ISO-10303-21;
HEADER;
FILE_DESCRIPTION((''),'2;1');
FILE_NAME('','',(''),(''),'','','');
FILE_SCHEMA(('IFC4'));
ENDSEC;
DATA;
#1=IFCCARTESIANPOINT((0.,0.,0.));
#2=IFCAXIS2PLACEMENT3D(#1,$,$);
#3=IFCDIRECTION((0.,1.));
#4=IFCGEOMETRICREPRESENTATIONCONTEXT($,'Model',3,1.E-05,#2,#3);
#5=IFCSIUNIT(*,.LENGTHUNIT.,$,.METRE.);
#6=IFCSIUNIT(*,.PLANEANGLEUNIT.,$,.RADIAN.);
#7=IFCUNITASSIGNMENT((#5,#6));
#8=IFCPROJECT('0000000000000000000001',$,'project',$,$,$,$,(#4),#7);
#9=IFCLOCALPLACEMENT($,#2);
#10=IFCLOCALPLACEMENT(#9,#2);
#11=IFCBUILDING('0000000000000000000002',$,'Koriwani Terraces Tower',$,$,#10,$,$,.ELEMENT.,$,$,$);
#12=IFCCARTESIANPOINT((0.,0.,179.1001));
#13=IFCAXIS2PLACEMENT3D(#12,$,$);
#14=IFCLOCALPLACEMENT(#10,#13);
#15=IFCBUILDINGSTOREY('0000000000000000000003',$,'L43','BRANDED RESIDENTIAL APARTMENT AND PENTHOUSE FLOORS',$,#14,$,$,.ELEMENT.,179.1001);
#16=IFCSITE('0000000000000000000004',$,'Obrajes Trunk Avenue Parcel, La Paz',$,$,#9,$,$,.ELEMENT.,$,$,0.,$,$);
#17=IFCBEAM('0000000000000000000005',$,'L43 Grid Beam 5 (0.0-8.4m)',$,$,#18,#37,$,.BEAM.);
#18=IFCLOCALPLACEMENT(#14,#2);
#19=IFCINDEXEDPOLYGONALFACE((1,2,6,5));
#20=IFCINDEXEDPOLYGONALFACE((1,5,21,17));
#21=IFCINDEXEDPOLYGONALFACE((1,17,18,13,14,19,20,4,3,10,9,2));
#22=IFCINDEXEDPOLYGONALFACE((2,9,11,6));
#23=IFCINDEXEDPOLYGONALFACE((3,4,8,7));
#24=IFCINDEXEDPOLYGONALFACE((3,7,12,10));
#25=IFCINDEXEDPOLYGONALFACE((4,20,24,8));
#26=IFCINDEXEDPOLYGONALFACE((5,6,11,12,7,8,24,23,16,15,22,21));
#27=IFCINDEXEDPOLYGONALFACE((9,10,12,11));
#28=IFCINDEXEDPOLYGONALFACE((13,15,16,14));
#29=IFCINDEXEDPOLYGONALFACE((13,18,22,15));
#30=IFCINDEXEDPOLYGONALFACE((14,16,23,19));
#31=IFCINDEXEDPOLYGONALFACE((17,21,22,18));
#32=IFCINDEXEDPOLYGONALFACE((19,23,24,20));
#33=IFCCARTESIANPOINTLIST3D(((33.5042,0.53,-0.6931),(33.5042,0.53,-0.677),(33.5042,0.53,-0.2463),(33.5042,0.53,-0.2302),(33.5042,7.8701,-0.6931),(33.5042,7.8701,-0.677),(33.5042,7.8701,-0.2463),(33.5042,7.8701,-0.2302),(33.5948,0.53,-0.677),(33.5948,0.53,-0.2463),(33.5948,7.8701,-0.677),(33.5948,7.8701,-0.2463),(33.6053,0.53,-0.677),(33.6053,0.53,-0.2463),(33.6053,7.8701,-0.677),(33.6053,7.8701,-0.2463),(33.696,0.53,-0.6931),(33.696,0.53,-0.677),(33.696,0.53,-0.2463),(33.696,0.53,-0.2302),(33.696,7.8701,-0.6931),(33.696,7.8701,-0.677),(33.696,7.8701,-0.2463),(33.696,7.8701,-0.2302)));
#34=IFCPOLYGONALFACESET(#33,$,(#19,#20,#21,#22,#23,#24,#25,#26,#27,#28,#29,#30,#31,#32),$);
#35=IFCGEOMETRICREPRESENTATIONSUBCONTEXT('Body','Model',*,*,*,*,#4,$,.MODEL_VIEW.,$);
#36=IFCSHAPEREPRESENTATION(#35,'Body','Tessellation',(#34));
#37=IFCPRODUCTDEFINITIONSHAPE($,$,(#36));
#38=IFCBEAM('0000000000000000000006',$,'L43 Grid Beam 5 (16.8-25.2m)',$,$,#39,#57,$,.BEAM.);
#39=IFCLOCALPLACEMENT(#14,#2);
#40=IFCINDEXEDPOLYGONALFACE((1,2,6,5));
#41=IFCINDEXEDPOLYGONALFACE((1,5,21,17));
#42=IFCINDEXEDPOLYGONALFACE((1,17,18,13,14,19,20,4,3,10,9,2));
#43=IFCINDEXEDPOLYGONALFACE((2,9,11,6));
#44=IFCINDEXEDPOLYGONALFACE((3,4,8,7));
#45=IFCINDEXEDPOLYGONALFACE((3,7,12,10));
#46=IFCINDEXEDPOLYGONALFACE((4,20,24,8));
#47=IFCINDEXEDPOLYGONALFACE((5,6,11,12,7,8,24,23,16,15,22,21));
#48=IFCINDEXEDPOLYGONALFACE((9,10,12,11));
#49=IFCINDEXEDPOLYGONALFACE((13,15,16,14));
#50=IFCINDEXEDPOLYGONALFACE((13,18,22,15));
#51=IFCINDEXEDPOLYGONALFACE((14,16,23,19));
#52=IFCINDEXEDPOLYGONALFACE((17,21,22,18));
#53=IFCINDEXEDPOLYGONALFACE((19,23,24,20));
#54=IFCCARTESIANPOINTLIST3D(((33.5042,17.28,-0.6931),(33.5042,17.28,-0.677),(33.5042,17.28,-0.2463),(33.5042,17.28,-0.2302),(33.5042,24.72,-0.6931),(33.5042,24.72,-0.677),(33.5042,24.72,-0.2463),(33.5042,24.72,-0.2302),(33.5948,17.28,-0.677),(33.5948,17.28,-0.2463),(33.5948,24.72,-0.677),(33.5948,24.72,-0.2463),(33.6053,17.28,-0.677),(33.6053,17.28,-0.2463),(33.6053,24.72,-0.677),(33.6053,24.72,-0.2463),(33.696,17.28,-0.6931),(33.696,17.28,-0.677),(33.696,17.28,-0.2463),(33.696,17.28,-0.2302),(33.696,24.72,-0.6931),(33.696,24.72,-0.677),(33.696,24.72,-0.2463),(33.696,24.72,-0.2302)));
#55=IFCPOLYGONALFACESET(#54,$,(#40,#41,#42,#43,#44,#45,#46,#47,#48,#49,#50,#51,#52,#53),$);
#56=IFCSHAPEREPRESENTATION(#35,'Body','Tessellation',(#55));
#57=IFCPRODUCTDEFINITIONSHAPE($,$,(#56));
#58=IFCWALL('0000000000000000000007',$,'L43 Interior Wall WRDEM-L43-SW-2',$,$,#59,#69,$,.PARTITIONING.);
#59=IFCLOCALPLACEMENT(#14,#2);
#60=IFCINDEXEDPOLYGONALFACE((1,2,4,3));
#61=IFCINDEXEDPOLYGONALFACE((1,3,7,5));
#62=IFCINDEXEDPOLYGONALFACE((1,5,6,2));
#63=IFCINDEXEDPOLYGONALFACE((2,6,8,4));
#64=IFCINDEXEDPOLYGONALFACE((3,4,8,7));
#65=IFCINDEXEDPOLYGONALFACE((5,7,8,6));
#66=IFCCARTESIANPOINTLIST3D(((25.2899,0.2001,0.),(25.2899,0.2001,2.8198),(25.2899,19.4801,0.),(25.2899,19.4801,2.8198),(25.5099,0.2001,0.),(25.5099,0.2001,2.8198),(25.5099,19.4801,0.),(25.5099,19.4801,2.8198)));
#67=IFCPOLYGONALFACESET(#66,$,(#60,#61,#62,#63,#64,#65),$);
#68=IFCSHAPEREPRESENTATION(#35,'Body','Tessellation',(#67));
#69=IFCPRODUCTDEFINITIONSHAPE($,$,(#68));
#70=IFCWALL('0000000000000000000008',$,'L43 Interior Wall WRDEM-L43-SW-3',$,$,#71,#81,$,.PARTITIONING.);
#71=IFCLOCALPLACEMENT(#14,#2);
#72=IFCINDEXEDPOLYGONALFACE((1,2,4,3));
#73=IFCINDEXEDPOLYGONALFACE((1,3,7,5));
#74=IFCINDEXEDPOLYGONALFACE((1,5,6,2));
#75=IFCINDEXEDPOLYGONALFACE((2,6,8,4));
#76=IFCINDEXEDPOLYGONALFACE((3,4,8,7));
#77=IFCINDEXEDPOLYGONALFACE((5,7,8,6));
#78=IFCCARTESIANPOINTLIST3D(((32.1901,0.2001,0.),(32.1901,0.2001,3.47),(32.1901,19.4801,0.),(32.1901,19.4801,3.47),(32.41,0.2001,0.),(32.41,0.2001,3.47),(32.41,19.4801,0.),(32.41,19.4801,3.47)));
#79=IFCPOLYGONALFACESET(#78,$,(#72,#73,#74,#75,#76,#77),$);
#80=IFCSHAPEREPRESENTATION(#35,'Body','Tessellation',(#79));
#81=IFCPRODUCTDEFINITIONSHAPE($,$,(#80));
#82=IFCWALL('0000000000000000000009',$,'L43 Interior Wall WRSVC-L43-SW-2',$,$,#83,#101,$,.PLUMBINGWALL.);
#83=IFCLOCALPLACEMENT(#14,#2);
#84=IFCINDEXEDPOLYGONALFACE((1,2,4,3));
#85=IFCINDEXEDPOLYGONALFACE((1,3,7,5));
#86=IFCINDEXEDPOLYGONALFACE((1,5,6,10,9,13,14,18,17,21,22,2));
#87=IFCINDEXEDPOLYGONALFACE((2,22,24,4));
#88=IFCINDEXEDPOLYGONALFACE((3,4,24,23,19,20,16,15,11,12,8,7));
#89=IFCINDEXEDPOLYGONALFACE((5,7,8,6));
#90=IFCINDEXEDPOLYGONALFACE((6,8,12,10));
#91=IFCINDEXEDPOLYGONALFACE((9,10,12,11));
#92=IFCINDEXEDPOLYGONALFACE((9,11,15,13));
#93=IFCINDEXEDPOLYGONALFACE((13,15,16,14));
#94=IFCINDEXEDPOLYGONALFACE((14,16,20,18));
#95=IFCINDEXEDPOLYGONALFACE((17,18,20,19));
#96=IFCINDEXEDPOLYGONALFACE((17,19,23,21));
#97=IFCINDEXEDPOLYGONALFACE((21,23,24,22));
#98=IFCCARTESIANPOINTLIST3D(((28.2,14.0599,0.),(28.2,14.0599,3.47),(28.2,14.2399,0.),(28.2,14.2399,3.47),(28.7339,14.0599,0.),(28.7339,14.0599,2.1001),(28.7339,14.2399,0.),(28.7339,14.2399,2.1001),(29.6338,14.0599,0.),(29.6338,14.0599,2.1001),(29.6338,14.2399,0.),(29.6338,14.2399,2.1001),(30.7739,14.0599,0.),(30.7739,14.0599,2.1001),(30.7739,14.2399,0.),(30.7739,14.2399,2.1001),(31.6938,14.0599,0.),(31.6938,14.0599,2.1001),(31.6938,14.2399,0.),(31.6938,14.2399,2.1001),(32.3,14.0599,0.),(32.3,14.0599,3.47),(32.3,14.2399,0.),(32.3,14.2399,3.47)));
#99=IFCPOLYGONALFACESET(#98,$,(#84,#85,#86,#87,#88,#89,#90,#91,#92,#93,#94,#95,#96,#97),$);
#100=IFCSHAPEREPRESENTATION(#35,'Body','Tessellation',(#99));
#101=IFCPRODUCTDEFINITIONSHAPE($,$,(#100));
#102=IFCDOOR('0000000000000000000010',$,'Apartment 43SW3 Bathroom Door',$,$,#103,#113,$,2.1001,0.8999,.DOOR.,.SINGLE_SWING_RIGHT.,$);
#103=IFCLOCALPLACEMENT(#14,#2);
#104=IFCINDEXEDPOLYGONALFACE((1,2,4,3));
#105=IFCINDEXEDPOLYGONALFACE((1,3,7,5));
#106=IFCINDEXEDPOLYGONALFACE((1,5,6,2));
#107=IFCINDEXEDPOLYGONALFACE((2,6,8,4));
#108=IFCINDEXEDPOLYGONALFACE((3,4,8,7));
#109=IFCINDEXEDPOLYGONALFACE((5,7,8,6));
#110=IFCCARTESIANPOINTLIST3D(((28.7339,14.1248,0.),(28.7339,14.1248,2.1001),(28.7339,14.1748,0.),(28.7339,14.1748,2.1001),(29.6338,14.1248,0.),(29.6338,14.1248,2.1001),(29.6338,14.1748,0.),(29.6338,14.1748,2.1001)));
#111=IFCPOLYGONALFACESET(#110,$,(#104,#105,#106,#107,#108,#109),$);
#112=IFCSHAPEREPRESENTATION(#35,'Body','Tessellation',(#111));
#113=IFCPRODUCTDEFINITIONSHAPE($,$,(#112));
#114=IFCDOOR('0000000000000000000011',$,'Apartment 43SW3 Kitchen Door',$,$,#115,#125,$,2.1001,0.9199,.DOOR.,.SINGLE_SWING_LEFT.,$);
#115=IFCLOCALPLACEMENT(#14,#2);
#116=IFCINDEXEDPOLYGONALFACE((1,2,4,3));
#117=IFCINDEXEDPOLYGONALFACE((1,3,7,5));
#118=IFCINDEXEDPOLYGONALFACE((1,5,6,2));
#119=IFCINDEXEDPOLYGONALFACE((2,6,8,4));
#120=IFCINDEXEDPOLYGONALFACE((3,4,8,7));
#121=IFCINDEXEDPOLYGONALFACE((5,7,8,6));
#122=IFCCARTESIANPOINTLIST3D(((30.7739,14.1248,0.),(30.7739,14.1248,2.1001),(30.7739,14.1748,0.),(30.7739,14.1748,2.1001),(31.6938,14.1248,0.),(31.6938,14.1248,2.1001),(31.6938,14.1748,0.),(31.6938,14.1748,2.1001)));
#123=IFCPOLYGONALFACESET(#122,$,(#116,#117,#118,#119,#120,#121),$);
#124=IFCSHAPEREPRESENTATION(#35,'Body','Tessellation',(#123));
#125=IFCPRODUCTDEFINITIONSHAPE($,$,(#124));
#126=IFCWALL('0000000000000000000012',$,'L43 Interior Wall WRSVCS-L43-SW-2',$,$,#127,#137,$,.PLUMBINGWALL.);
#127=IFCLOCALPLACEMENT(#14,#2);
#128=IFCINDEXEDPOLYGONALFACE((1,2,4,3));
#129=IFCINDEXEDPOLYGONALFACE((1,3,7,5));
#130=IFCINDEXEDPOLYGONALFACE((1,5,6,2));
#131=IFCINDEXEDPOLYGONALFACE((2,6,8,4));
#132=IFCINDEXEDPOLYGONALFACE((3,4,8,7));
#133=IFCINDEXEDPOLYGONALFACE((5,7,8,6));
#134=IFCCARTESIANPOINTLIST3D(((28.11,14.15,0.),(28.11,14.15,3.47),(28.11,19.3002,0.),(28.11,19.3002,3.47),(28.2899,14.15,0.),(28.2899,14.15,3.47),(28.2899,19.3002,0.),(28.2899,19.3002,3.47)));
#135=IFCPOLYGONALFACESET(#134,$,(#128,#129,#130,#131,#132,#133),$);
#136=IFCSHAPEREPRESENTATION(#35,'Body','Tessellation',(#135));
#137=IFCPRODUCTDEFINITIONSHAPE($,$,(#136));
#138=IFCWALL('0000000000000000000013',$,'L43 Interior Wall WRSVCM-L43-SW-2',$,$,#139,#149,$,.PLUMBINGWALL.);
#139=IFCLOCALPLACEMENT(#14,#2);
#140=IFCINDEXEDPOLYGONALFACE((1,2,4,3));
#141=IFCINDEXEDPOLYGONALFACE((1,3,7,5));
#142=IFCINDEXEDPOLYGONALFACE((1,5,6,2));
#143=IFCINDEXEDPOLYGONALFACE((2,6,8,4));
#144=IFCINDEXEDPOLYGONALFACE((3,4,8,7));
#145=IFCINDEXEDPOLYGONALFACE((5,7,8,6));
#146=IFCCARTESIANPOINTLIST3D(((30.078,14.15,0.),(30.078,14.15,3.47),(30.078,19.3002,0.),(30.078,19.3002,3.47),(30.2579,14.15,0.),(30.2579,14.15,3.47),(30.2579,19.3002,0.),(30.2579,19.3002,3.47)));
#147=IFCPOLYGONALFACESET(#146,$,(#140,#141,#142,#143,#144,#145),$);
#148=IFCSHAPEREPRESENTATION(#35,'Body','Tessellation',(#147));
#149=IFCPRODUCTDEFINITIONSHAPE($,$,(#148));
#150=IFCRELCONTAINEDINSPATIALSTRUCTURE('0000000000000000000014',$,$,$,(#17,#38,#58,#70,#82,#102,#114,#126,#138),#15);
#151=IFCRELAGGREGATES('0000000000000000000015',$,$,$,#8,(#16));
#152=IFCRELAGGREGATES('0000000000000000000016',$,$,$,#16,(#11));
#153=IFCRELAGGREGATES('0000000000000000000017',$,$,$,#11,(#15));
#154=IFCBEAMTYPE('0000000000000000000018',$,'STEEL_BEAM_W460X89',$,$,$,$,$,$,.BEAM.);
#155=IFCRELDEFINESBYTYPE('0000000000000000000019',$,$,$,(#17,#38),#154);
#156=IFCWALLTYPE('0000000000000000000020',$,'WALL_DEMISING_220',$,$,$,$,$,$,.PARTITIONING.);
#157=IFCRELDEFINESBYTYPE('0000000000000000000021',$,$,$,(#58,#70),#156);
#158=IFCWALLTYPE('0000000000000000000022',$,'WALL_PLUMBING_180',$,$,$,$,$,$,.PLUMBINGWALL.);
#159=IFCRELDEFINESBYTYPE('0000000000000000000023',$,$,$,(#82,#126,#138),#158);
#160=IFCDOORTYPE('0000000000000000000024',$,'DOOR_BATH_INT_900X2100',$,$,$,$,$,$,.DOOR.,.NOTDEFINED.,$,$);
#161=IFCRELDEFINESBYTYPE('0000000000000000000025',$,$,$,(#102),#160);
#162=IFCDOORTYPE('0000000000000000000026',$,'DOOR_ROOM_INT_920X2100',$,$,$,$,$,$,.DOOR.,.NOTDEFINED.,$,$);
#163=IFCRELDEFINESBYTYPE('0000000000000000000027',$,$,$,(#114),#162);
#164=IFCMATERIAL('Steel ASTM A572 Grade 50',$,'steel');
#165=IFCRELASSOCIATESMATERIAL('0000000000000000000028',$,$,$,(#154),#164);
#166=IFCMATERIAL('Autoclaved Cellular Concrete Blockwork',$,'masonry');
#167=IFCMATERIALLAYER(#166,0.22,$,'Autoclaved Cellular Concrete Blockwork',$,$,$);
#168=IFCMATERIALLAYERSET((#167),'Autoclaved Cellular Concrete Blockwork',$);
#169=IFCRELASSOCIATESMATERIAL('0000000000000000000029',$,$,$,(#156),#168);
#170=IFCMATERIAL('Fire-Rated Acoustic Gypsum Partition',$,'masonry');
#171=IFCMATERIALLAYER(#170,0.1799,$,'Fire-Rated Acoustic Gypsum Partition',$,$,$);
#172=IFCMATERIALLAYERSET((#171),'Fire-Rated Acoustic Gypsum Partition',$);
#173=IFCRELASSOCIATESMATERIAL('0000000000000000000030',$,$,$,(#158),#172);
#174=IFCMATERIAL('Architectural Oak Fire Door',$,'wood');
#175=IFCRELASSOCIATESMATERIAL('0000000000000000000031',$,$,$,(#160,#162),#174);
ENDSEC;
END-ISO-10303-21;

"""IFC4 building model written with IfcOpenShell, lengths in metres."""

from ifc_helpers import new_model, si_unit, direction, frame, frame_2d, origin, origin_2d, place, context, subcontext, project, spatial, rectangle, i_section, extrude, material, layer, layer_set, material_profile, profile_set, type_object, element, fill, save


model = new_model("IFC4")

# Units and contexts
model_context = context("Model", 3, precision=1e-05, world=origin(), true_north=direction((0.0, 1.0)))
body_context = subcontext(model_context, "Body", "Model", "MODEL_VIEW")
ifc_project = project(units=[si_unit("LENGTHUNIT", "METRE"), si_unit("PLANEANGLEUNIT", "RADIAN")], contexts=[model_context])

# Site, building, storey
site_placement = place(None, origin())
site = spatial("IfcSite", under=ifc_project, at=site_placement, Name="Obrajes Trunk Avenue Parcel, La Paz", CompositionType="ELEMENT", RefElevation=0.0)
building_placement = place(site_placement, origin())
building = spatial("IfcBuilding", under=site, at=building_placement, Name="Koriwani Terraces Tower", CompositionType="ELEMENT")
storey_placement = place(building_placement, frame((0.0, 0.0, 179.1001)))
storey = spatial("IfcBuildingStorey", under=building, at=storey_placement, Name="L43", Description="BRANDED RESIDENTIAL APARTMENT AND PENTHOUSE FLOORS", CompositionType="ELEMENT", Elevation=179.1001)

# Beams
ifc_material_1 = material(Name="Steel ASTM A572 Grade 50", Category="steel")
ifc_material_profile_1 = material_profile(ifc_material_1, i_section(OverallWidth=0.1919, OverallDepth=0.4629, WebThickness=0.0105, FlangeThickness=0.0161, at=origin_2d()), Name="Steel ASTM A572 Grade 50", Category="LoadBearing")
ifc_profile_set_1 = profile_set([ifc_material_profile_1], Name="Steel ASTM A572 Grade 50")
beam_type_1 = type_object("IfcBeamType", Name="STEEL_BEAM_W460X89", PredefinedType="BEAM", material=ifc_profile_set_1)
beam_1_placement = place(storey_placement, frame((33.6001, 0.53, -0.4617), z_axis=(0.0, 1.0, 0.0), x_axis=(-1.0, 0.0, 0.0)))
element("IfcBeam", 1, at=beam_1_placement, inside=storey, type_object=beam_type_1, Name="L43 Grid Beam 5 (0.0-8.4m)", PredefinedType="BEAM", context=body_context, shape_type="SweptSolid", body=[
    extrude(i_section(OverallWidth=0.1919, OverallDepth=0.4629, WebThickness=0.0105, FlangeThickness=0.0161, at=origin_2d()), origin(), (0.0, 0.0, 1.0), 7.3401),
])
beam_2_placement = place(storey_placement, frame((33.6001, 17.28, -0.4617), z_axis=(0.0, 1.0, 0.0), x_axis=(-1.0, 0.0, 0.0)))
element("IfcBeam", 2, at=beam_2_placement, inside=storey, type_object=beam_type_1, Name="L43 Grid Beam 5 (16.8-25.2m)", PredefinedType="BEAM", context=body_context, shape_type="SweptSolid", body=[
    extrude(i_section(OverallWidth=0.1919, OverallDepth=0.4629, WebThickness=0.0105, FlangeThickness=0.0161, at=origin_2d()), origin(), (0.0, 0.0, 1.0), 7.4399),
])

# Walls
ifc_material_2 = material(Name="Autoclaved Cellular Concrete Blockwork", Category="masonry")
ifc_layer_1 = layer(ifc_material_2, 0.22, Name="Autoclaved Cellular Concrete Blockwork")
ifc_layer_set_1 = layer_set([ifc_layer_1], Name="Autoclaved Cellular Concrete Blockwork")
wall_type_1 = type_object("IfcWallType", Name="WALL_DEMISING_220", PredefinedType="PARTITIONING", material=ifc_layer_set_1)
wall_1_placement = place(storey_placement, frame((25.3999, 0.2, 0.0), z_axis=(0.0, 0.0, 1.0), x_axis=(0.0, 1.0, 0.0)))
element("IfcWall", 3, at=wall_1_placement, inside=storey, type_object=wall_type_1, Name="L43 Interior Wall WRDEM-L43-SW-2", PredefinedType="PARTITIONING", context=body_context, shape_type="SweptSolid", body=[
    extrude(rectangle(XDim=19.28, YDim=0.22, at=frame_2d((9.6401, 0.0))), origin(), (0.0, 0.0, 1.0), 2.8198),
])
wall_2_placement = place(storey_placement, frame((32.3, 0.2, 0.0), z_axis=(0.0, 0.0, 1.0), x_axis=(0.0, 1.0, 0.0)))
element("IfcWall", 4, at=wall_2_placement, inside=storey, type_object=wall_type_1, Name="L43 Interior Wall WRDEM-L43-SW-3", PredefinedType="PARTITIONING", context=body_context, shape_type="SweptSolid", body=[
    extrude(rectangle(XDim=19.28, YDim=0.22, at=frame_2d((9.6401, 0.0))), origin(), (0.0, 0.0, 1.0), 3.47),
])

# Wall, openings, doors
ifc_material_3 = material(Name="Fire-Rated Acoustic Gypsum Partition", Category="masonry")
ifc_layer_2 = layer(ifc_material_3, 0.1799, Name="Fire-Rated Acoustic Gypsum Partition")
ifc_layer_set_2 = layer_set([ifc_layer_2], Name="Fire-Rated Acoustic Gypsum Partition")
wall_type_2 = type_object("IfcWallType", Name="WALL_PLUMBING_180", PredefinedType="PLUMBINGWALL", material=ifc_layer_set_2)
wall_3_placement = place(storey_placement, frame((28.2, 14.1499, 0.0), z_axis=(0.0, 0.0, 1.0), x_axis=(1.0, 0.0, 0.0)))
wall_3 = element("IfcWall", 5, at=wall_3_placement, inside=storey, type_object=wall_type_2, Name="L43 Interior Wall WRSVC-L43-SW-2", PredefinedType="PLUMBINGWALL", context=body_context, shape_type="SweptSolid", body=[
    extrude(rectangle(XDim=4.1001, YDim=0.1799, at=frame_2d((2.05, 0.0))), origin(), (0.0, 0.0, 1.0), 3.47),
])
opening_1_placement = place(wall_3_placement, frame((0.5339, 0.0, 0.0)))
opening_1 = element("IfcOpeningElement", 6, at=opening_1_placement, cuts=wall_3, PredefinedType="OPENING", context=body_context, shape_type="SweptSolid", body=[
    extrude(rectangle(XDim=0.8999, YDim=2.1001, at=frame_2d((0.45, 1.05))), frame((0.0, 0.1001, 0.0), z_axis=(0.0, -1.0, 0.0), x_axis=(1.0, 0.0, 0.0)), (0.0, 0.0, 1.0), 0.2),
])
opening_2_placement = place(wall_3_placement, frame((2.574, 0.0, 0.0)))
opening_2 = element("IfcOpeningElement", 7, at=opening_2_placement, cuts=wall_3, PredefinedType="OPENING", context=body_context, shape_type="SweptSolid", body=[
    extrude(rectangle(XDim=0.9199, YDim=2.1001, at=frame_2d((0.46, 1.05))), frame((0.0, 0.1001, 0.0), z_axis=(0.0, -1.0, 0.0), x_axis=(1.0, 0.0, 0.0)), (0.0, 0.0, 1.0), 0.2),
])
ifc_material_4 = material(Name="Architectural Oak Fire Door", Category="wood")
door_type_1 = type_object("IfcDoorType", Name="DOOR_BATH_INT_900X2100", OperationType="NOTDEFINED", PredefinedType="DOOR", material=ifc_material_4)
door_1_placement = place(opening_1_placement, origin())
door_1 = element("IfcDoor", 8, at=door_1_placement, inside=storey, type_object=door_type_1, Name="Apartment 43SW3 Bathroom Door", OperationType="SINGLE_SWING_RIGHT", OverallHeight=2.1001, OverallWidth=0.8999, PredefinedType="DOOR", context=body_context, shape_type="SweptSolid", body=[
    extrude(rectangle(XDim=0.8999, YDim=2.1001, at=frame_2d((0.45, 1.05))), frame((0.0, 0.0249, 0.0), z_axis=(0.0, -1.0, 0.0), x_axis=(1.0, 0.0, 0.0)), (0.0, 0.0, 1.0), 0.05),
])
fill(opening_1, door_1)
door_type_2 = type_object("IfcDoorType", Name="DOOR_ROOM_INT_920X2100", OperationType="NOTDEFINED", PredefinedType="DOOR", material=ifc_material_4)
door_2_placement = place(opening_2_placement, origin())
door_2 = element("IfcDoor", 9, at=door_2_placement, inside=storey, type_object=door_type_2, Name="Apartment 43SW3 Kitchen Door", OperationType="SINGLE_SWING_LEFT", OverallHeight=2.1001, OverallWidth=0.9199, PredefinedType="DOOR", context=body_context, shape_type="SweptSolid", body=[
    extrude(rectangle(XDim=0.9199, YDim=2.1001, at=frame_2d((0.46, 1.05))), frame((0.0, 0.0249, 0.0), z_axis=(0.0, -1.0, 0.0), x_axis=(1.0, 0.0, 0.0)), (0.0, 0.0, 1.0), 0.05),
])
fill(opening_2, door_2)

# Walls
for number, where, z_axis, x_axis, name in (
    (10, (28.2, 14.1499, 0.0), (0.0, 0.0, 1.0), (0.0, 1.0, 0.0), "L43 Interior Wall WRSVCS-L43-SW-2"),
    (11, (30.168, 14.1499, 0.0), (0.0, 0.0, 1.0), (0.0, 1.0, 0.0), "L43 Interior Wall WRSVCM-L43-SW-2"),
):
    element("IfcWall", number, at=place(storey_placement, frame(where, z_axis=z_axis, x_axis=x_axis)), inside=storey, type_object=wall_type_2, Name=name, PredefinedType="PLUMBINGWALL", context=body_context, shape_type="SweptSolid", body=[
        extrude(rectangle(XDim=5.1501, YDim=0.1799, at=frame_2d((2.5752, 0.0))), origin(), (0.0, 0.0, 1.0), 3.47),
    ])

save(model, "model.ifc")
